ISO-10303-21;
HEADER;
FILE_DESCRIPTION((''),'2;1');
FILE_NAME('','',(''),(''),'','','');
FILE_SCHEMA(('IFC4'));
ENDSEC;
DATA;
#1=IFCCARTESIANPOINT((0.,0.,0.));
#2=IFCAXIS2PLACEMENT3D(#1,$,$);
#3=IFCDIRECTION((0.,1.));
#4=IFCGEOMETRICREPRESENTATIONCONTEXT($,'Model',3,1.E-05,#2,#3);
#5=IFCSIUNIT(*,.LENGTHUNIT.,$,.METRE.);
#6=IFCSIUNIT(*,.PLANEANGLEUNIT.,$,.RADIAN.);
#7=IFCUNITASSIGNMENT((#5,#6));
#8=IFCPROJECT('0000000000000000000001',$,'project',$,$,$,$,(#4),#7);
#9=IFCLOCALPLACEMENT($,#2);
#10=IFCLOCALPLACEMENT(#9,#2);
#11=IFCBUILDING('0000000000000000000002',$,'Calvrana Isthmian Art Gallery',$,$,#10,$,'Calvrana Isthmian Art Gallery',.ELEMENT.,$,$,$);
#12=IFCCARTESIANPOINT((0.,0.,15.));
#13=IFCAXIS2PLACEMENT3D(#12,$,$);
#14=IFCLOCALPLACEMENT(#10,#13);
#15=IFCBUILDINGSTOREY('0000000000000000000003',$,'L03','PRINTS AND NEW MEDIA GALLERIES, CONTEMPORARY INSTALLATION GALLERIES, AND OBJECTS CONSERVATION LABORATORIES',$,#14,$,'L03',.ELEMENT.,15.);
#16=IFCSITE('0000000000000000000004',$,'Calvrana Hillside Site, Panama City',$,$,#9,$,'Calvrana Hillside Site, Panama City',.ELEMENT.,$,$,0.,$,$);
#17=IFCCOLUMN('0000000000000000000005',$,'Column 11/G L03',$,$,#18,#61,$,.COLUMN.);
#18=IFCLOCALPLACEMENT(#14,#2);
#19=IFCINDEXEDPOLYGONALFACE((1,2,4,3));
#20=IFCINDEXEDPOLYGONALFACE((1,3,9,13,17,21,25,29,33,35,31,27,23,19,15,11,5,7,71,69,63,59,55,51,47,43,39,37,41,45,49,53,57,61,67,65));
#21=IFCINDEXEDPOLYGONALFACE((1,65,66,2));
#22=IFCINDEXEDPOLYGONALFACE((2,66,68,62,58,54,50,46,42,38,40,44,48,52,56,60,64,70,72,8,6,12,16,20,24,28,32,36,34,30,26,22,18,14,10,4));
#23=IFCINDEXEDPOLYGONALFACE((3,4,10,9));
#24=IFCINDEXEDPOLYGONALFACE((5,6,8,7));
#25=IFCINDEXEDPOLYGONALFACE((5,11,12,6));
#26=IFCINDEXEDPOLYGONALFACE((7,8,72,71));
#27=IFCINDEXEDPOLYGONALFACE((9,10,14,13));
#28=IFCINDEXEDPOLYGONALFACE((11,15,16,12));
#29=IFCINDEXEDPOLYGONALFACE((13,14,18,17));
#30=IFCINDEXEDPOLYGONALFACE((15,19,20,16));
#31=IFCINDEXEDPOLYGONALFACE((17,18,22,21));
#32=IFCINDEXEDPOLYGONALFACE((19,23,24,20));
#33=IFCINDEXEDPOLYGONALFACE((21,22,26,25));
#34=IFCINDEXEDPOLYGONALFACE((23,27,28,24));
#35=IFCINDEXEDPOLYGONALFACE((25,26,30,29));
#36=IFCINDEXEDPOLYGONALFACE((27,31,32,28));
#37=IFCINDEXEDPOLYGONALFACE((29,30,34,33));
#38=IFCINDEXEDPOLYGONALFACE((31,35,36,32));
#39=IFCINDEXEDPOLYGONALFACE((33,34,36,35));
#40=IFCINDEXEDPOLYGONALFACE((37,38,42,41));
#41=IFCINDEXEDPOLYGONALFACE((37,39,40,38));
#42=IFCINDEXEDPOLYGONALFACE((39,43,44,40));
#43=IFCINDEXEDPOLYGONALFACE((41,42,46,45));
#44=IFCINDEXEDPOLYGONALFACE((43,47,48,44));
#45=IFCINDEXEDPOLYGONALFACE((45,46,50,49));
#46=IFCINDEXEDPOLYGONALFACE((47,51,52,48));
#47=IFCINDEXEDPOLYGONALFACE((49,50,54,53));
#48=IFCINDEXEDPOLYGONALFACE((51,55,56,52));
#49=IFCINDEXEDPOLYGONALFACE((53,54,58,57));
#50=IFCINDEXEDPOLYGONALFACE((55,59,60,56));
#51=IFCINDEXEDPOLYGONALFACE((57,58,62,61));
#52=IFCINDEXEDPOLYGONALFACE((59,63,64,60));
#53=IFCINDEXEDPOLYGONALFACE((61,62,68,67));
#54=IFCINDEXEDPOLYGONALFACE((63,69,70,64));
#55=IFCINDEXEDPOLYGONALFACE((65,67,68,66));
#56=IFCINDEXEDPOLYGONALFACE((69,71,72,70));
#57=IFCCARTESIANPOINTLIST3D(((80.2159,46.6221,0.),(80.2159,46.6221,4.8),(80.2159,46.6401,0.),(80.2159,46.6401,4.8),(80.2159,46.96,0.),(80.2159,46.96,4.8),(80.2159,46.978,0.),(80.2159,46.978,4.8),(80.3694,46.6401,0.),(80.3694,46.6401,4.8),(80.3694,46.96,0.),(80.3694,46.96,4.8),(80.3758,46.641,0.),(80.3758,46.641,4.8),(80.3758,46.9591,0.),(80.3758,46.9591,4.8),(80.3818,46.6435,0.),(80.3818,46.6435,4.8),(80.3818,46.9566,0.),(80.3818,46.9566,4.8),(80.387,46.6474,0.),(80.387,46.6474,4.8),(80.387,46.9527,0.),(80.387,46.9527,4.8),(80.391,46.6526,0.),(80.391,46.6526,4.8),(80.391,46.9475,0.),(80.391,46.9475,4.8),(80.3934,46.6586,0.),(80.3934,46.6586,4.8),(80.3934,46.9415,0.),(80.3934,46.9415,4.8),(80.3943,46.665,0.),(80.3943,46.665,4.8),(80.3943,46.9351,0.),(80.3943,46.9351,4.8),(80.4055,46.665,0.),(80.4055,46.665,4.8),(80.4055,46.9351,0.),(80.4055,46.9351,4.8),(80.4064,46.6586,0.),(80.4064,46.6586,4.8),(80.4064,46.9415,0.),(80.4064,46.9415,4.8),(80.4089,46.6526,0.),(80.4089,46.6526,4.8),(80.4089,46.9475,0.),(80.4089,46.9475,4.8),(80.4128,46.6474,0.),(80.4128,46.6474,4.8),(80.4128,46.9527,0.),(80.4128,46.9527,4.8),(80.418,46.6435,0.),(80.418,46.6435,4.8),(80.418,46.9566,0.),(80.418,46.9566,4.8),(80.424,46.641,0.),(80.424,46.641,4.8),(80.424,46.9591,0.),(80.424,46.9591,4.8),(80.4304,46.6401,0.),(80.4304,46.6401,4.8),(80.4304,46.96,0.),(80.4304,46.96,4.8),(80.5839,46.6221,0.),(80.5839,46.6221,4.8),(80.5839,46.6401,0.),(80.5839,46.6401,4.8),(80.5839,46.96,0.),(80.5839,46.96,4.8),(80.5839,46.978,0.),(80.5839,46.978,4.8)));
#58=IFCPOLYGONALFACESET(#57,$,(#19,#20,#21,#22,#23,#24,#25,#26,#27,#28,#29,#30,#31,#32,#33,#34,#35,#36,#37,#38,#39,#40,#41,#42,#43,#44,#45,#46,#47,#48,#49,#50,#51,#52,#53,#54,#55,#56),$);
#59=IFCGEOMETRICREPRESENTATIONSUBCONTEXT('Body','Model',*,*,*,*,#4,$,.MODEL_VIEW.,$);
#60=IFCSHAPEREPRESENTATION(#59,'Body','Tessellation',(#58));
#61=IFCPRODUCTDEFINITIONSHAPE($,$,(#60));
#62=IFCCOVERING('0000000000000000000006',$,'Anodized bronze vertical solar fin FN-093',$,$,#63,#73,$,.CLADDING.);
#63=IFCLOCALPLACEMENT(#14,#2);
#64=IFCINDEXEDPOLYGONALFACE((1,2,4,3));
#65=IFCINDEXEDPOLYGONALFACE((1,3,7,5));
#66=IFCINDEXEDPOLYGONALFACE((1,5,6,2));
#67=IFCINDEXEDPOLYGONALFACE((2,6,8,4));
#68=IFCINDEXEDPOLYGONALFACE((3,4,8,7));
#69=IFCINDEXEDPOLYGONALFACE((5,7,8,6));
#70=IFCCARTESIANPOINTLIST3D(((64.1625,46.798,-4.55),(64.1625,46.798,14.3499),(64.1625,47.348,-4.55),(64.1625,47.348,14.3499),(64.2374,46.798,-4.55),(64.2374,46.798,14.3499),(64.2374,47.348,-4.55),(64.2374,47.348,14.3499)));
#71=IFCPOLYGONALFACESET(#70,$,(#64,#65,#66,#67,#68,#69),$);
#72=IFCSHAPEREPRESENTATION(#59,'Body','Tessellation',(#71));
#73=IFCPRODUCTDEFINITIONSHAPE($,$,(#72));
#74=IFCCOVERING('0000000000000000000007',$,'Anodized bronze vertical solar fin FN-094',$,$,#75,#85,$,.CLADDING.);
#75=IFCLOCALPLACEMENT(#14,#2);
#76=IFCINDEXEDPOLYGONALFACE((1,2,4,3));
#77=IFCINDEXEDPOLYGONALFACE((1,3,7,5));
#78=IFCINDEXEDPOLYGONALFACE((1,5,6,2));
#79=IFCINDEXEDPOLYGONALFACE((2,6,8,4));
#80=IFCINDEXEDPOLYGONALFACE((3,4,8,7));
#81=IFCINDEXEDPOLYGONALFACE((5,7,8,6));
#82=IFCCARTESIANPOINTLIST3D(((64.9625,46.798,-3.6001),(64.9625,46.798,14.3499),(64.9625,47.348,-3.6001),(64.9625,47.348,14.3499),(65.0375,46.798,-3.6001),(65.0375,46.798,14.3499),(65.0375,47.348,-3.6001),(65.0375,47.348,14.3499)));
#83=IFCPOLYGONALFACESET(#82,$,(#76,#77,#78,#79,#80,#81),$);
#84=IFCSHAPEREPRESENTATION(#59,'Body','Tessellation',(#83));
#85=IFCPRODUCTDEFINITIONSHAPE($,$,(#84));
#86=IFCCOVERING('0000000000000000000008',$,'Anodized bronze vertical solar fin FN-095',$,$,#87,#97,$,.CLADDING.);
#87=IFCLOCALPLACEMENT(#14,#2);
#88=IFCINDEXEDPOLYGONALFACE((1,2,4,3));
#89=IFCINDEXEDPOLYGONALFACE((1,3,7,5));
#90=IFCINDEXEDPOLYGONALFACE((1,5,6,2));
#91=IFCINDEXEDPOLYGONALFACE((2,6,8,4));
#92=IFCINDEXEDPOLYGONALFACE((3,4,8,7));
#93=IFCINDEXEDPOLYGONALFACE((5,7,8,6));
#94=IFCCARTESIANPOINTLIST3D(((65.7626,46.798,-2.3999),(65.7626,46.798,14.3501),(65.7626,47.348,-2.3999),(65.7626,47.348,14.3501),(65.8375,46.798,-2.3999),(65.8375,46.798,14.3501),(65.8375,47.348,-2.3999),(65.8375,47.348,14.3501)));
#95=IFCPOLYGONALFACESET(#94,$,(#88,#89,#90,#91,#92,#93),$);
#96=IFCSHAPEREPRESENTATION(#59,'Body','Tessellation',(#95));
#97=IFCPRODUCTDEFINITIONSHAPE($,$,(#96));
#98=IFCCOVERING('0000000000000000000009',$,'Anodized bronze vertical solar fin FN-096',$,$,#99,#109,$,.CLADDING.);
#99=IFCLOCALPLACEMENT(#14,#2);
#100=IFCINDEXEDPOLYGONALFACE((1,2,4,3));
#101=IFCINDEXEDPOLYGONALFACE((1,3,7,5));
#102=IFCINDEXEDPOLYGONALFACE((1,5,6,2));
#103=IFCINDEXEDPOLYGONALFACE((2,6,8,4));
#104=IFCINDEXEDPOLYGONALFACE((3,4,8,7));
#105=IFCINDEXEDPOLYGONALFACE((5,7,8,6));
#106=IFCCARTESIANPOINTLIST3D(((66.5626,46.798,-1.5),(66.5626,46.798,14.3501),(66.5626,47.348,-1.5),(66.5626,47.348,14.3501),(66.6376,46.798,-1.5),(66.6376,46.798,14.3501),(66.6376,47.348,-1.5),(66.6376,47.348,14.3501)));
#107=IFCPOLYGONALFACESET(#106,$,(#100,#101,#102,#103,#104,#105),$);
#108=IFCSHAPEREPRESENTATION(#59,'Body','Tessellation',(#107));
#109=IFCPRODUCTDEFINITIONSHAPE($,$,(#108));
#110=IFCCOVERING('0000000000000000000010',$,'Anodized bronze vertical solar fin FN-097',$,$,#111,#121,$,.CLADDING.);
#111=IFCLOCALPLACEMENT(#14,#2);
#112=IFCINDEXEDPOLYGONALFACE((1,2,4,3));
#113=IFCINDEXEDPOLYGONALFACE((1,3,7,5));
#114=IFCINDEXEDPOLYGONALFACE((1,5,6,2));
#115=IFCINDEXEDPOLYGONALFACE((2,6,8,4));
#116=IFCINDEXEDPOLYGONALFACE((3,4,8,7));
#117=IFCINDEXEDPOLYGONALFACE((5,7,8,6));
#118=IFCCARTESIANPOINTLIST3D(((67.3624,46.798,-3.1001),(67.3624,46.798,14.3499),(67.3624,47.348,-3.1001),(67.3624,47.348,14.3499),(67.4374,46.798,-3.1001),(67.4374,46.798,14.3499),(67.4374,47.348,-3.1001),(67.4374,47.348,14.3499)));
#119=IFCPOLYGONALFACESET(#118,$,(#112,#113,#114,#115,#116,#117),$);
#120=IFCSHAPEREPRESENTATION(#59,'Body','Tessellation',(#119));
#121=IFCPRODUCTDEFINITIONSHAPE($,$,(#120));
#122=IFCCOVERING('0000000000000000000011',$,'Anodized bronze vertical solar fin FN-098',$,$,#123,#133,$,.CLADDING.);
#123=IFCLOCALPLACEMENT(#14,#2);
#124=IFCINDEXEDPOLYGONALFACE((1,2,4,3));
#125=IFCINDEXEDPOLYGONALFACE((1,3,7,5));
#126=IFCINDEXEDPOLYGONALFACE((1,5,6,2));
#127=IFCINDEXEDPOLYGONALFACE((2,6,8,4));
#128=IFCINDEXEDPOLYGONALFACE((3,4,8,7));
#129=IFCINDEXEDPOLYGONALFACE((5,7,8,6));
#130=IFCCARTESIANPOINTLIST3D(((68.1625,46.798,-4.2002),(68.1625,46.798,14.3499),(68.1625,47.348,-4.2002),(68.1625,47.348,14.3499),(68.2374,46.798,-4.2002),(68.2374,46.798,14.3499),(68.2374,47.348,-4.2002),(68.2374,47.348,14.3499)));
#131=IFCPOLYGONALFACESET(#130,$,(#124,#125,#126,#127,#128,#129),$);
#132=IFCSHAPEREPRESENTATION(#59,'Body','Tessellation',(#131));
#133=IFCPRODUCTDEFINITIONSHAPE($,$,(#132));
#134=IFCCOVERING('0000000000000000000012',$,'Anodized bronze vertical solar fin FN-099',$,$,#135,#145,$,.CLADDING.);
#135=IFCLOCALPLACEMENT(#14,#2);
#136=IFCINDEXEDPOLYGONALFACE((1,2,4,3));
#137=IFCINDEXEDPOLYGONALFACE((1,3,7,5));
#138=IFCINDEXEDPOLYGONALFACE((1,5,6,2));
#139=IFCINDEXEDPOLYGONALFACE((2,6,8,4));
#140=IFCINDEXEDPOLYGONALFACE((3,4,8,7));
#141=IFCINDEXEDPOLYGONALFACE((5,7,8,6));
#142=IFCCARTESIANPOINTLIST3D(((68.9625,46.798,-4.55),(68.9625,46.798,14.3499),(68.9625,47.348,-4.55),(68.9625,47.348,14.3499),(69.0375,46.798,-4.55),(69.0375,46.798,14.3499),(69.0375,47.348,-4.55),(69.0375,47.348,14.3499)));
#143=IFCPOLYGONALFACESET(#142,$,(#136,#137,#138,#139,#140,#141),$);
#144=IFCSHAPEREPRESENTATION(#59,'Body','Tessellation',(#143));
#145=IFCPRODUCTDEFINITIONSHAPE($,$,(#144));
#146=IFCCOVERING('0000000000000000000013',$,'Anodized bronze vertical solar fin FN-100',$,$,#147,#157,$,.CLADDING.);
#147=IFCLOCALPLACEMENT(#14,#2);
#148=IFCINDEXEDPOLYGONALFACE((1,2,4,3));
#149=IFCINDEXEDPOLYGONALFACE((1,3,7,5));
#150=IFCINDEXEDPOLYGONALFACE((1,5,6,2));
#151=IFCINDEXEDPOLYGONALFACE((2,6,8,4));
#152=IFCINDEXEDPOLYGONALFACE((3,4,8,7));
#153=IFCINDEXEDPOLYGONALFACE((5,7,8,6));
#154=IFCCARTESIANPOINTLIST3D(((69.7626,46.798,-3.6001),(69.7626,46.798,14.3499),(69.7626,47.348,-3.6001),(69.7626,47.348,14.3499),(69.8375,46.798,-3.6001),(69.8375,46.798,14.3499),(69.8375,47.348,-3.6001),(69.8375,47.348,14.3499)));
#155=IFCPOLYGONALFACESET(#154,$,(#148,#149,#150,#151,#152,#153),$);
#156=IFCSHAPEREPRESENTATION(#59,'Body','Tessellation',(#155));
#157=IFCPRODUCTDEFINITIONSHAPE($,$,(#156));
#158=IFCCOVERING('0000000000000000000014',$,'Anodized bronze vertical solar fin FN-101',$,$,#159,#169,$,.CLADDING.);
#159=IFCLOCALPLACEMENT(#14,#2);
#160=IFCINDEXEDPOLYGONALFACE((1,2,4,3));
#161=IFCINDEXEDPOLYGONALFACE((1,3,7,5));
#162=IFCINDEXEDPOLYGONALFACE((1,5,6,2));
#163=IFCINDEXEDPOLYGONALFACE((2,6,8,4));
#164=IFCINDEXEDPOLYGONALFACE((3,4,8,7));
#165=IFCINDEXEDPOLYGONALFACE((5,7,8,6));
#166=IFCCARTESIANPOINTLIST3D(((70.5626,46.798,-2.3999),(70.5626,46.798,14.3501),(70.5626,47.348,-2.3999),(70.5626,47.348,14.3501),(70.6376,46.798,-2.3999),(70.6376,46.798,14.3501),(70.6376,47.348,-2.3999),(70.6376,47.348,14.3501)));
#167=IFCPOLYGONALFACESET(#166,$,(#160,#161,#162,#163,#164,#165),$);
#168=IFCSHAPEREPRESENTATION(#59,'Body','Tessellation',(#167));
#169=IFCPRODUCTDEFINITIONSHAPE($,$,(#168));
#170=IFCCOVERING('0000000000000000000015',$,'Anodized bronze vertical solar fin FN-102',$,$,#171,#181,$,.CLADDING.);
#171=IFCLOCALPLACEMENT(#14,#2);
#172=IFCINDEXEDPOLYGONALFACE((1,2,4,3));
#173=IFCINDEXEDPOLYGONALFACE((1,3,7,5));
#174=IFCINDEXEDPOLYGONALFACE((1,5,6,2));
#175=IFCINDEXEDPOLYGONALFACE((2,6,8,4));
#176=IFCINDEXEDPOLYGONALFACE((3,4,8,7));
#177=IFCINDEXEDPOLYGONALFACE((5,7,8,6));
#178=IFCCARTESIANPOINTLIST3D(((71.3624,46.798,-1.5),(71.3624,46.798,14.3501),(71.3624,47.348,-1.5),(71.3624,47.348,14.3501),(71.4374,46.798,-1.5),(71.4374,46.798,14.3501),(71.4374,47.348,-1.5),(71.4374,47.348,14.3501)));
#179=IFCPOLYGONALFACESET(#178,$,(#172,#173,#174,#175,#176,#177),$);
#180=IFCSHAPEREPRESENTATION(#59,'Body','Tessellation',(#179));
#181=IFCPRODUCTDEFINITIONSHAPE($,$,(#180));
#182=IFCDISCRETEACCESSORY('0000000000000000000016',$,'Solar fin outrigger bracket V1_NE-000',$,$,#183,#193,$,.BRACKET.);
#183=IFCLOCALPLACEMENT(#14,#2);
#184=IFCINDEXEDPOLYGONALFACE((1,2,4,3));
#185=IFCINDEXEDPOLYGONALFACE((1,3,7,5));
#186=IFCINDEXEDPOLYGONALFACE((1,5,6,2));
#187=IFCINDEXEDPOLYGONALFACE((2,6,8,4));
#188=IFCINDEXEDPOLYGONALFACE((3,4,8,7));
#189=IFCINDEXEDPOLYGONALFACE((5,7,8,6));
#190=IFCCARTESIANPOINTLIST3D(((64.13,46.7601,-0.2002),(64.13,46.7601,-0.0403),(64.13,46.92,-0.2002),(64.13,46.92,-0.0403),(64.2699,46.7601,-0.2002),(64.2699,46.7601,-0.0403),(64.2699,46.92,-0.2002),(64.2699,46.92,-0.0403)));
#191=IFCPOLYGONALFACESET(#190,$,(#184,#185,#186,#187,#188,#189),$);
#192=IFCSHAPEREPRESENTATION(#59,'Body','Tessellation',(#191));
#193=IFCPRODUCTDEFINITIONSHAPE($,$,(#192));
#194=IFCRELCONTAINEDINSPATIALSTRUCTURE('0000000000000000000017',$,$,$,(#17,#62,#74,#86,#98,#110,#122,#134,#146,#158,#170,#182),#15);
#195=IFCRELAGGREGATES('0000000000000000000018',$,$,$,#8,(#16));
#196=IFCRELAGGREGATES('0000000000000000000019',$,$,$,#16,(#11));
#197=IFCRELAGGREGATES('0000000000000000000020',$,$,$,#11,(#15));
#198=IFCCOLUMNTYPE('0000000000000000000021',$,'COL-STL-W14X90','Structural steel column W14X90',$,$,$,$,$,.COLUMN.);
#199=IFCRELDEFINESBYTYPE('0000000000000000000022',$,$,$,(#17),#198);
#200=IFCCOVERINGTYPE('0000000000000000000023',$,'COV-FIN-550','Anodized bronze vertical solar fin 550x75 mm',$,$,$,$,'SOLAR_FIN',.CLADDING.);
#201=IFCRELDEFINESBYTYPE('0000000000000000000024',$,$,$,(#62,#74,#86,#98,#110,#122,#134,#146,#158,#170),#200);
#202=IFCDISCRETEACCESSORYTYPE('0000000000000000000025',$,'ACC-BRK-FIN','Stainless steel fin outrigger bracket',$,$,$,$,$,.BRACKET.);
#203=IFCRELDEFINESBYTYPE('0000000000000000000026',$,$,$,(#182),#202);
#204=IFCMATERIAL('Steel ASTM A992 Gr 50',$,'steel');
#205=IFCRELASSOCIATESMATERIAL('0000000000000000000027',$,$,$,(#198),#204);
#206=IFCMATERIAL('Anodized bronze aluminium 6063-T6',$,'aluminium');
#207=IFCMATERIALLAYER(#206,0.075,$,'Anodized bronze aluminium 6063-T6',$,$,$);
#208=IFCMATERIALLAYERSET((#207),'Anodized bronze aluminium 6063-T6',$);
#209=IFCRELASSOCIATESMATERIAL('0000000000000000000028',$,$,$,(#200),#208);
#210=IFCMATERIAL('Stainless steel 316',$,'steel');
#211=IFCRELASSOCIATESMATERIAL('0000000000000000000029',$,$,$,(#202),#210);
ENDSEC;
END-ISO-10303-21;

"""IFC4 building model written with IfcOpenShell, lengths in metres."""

from ifc_helpers import new_model, si_unit, direction, frame, origin, origin_2d, place, context, subcontext, project, spatial, rectangle, i_section, extrude, material, layer, layer_set, material_profile, profile_set, type_object, element, save


model = new_model("IFC4")

# Units and contexts
model_context = context("Model", 3, precision=1e-05, world=origin(), true_north=direction((0.0, 1.0)))
body_context = subcontext(model_context, "Body", "Model", "MODEL_VIEW")
ifc_project = project(units=[si_unit("LENGTHUNIT", "METRE"), si_unit("PLANEANGLEUNIT", "RADIAN")], contexts=[model_context])

# Site, building, storey
site_placement = place(None, origin())
site = spatial("IfcSite", under=ifc_project, at=site_placement, Name="Calvrana Hillside Site, Panama City", LongName="Calvrana Hillside Site, Panama City", CompositionType="ELEMENT", RefElevation=0.0)
building_placement = place(site_placement, origin())
building = spatial("IfcBuilding", under=site, at=building_placement, Name="Calvrana Isthmian Art Gallery", LongName="Calvrana Isthmian Art Gallery", CompositionType="ELEMENT")
storey_placement = place(building_placement, frame((0.0, 0.0, 15.0)))
storey = spatial("IfcBuildingStorey", under=building, at=storey_placement, Name="L03", Description="PRINTS AND NEW MEDIA GALLERIES, CONTEMPORARY INSTALLATION GALLERIES, AND OBJECTS CONSERVATION LABORATORIES", LongName="L03", CompositionType="ELEMENT", Elevation=15.0)

# Column
ifc_material_1 = material(Name="Steel ASTM A992 Gr 50", Category="steel")
ifc_material_profile = material_profile(ifc_material_1, i_section(OverallWidth=0.3679, OverallDepth=0.356, WebThickness=0.0112, FlangeThickness=0.0181, FilletRadius=0.0249, at=origin_2d()), Name="W14X90")
ifc_profile_set = profile_set([ifc_material_profile], Name="Steel ASTM A992 Gr 50")
column_type = type_object("IfcColumnType", Name="COL-STL-W14X90", Description="Structural steel column W14X90", PredefinedType="COLUMN", material=ifc_profile_set)
column_placement = place(storey_placement, frame((80.3999, 46.8, 0.0), z_axis=(0.0, 0.0, 1.0), x_axis=(1.0, 0.0, 0.0)))
element("IfcColumn", 1, at=column_placement, inside=storey, type_object=column_type, Name="Column 11/G L03", PredefinedType="COLUMN", context=body_context, shape_type="SweptSolid", body=[
    extrude(i_section(OverallWidth=0.3679, OverallDepth=0.356, WebThickness=0.0112, FlangeThickness=0.0181, FilletRadius=0.0249, at=origin_2d()), origin(), (0.0, 0.0, 1.0), 4.8),
])

# Coverings
ifc_material_2 = material(Name="Anodized bronze aluminium 6063-T6", Category="aluminium")
ifc_layer = layer(ifc_material_2, 0.075, Name="Anodized bronze aluminium 6063-T6")
ifc_layer_set = layer_set([ifc_layer], Name="Anodized bronze aluminium 6063-T6")
covering_type = type_object("IfcCoveringType", Name="COV-FIN-550", Description="Anodized bronze vertical solar fin 550x75 mm", ElementType="SOLAR_FIN", PredefinedType="CLADDING", material=ifc_layer_set)
covering_1_placement = place(storey_placement, frame((64.2, 47.073, -4.55), z_axis=(0.0, 0.0, 1.0), x_axis=(1.0, 0.0, 0.0)))
element("IfcCovering", 2, at=covering_1_placement, inside=storey, type_object=covering_type, Name="Anodized bronze vertical solar fin FN-093", PredefinedType="CLADDING", context=body_context, shape_type="SweptSolid", body=[
    extrude(rectangle(XDim=0.075, YDim=0.55, at=origin_2d()), origin(), (0.0, 0.0, 1.0), 18.8999),
])
covering_2_placement = place(storey_placement, frame((65.0, 47.073, -3.6001), z_axis=(0.0, 0.0, 1.0), x_axis=(1.0, 0.0, 0.0)))
element("IfcCovering", 3, at=covering_2_placement, inside=storey, type_object=covering_type, Name="Anodized bronze vertical solar fin FN-094", PredefinedType="CLADDING", context=body_context, shape_type="SweptSolid", body=[
    extrude(rectangle(XDim=0.075, YDim=0.55, at=origin_2d()), origin(), (0.0, 0.0, 1.0), 17.95),
])
covering_3_placement = place(storey_placement, frame((65.8, 47.073, -2.3999), z_axis=(0.0, 0.0, 1.0), x_axis=(1.0, 0.0, 0.0)))
element("IfcCovering", 4, at=covering_3_placement, inside=storey, type_object=covering_type, Name="Anodized bronze vertical solar fin FN-095", PredefinedType="CLADDING", context=body_context, shape_type="SweptSolid", body=[
    extrude(rectangle(XDim=0.075, YDim=0.55, at=origin_2d()), origin(), (0.0, 0.0, 1.0), 16.75),
])
covering_4_placement = place(storey_placement, frame((66.6001, 47.073, -1.5), z_axis=(0.0, 0.0, 1.0), x_axis=(1.0, 0.0, 0.0)))
element("IfcCovering", 5, at=covering_4_placement, inside=storey, type_object=covering_type, Name="Anodized bronze vertical solar fin FN-096", PredefinedType="CLADDING", context=body_context, shape_type="SweptSolid", body=[
    extrude(rectangle(XDim=0.075, YDim=0.55, at=origin_2d()), origin(), (0.0, 0.0, 1.0), 15.8501),
])
covering_5_placement = place(storey_placement, frame((67.3999, 47.073, -3.1001), z_axis=(0.0, 0.0, 1.0), x_axis=(1.0, 0.0, 0.0)))
element("IfcCovering", 6, at=covering_5_placement, inside=storey, type_object=covering_type, Name="Anodized bronze vertical solar fin FN-097", PredefinedType="CLADDING", context=body_context, shape_type="SweptSolid", body=[
    extrude(rectangle(XDim=0.075, YDim=0.55, at=origin_2d()), origin(), (0.0, 0.0, 1.0), 17.45),
])
covering_6_placement = place(storey_placement, frame((68.2, 47.073, -4.2002), z_axis=(0.0, 0.0, 1.0), x_axis=(1.0, 0.0, 0.0)))
element("IfcCovering", 7, at=covering_6_placement, inside=storey, type_object=covering_type, Name="Anodized bronze vertical solar fin FN-098", PredefinedType="CLADDING", context=body_context, shape_type="SweptSolid", body=[
    extrude(rectangle(XDim=0.075, YDim=0.55, at=origin_2d()), origin(), (0.0, 0.0, 1.0), 18.55),
])
covering_7_placement = place(storey_placement, frame((69.0, 47.073, -4.55), z_axis=(0.0, 0.0, 1.0), x_axis=(1.0, 0.0, 0.0)))
element("IfcCovering", 8, at=covering_7_placement, inside=storey, type_object=covering_type, Name="Anodized bronze vertical solar fin FN-099", PredefinedType="CLADDING", context=body_context, shape_type="SweptSolid", body=[
    extrude(rectangle(XDim=0.075, YDim=0.55, at=origin_2d()), origin(), (0.0, 0.0, 1.0), 18.8999),
])
covering_8_placement = place(storey_placement, frame((69.8, 47.073, -3.6001), z_axis=(0.0, 0.0, 1.0), x_axis=(1.0, 0.0, 0.0)))
element("IfcCovering", 9, at=covering_8_placement, inside=storey, type_object=covering_type, Name="Anodized bronze vertical solar fin FN-100", PredefinedType="CLADDING", context=body_context, shape_type="SweptSolid", body=[
    extrude(rectangle(XDim=0.075, YDim=0.55, at=origin_2d()), origin(), (0.0, 0.0, 1.0), 17.95),
])
covering_9_placement = place(storey_placement, frame((70.6001, 47.073, -2.3999), z_axis=(0.0, 0.0, 1.0), x_axis=(1.0, 0.0, 0.0)))
element("IfcCovering", 10, at=covering_9_placement, inside=storey, type_object=covering_type, Name="Anodized bronze vertical solar fin FN-101", PredefinedType="CLADDING", context=body_context, shape_type="SweptSolid", body=[
    extrude(rectangle(XDim=0.075, YDim=0.55, at=origin_2d()), origin(), (0.0, 0.0, 1.0), 16.75),
])
covering_10_placement = place(storey_placement, frame((71.3999, 47.073, -1.5), z_axis=(0.0, 0.0, 1.0), x_axis=(1.0, 0.0, 0.0)))
element("IfcCovering", 11, at=covering_10_placement, inside=storey, type_object=covering_type, Name="Anodized bronze vertical solar fin FN-102", PredefinedType="CLADDING", context=body_context, shape_type="SweptSolid", body=[
    extrude(rectangle(XDim=0.075, YDim=0.55, at=origin_2d()), origin(), (0.0, 0.0, 1.0), 15.8501),
])

# Discrete accessory
ifc_material_3 = material(Name="Stainless steel 316", Category="steel")
discrete_accessory_type = type_object("IfcDiscreteAccessoryType", Name="ACC-BRK-FIN", Description="Stainless steel fin outrigger bracket", PredefinedType="BRACKET", material=ifc_material_3)
for number, where, z_axis, x_axis, name in (
    (12, (64.2, 46.8401, -0.2002), (0.0, 0.0, 1.0), (1.0, 0.0, 0.0), "Solar fin outrigger bracket V1_NE-000"),
):
    element("IfcDiscreteAccessory", number, at=place(storey_placement, frame(where, z_axis=z_axis, x_axis=x_axis)), inside=storey, type_object=discrete_accessory_type, Name=name, PredefinedType="BRACKET", context=body_context, shape_type="SweptSolid", body=[
        extrude(rectangle(XDim=0.1399, YDim=0.1599, at=origin_2d()), origin(), (0.0, 0.0, 1.0), 0.1599),
    ])

save(model, "model.ifc")
